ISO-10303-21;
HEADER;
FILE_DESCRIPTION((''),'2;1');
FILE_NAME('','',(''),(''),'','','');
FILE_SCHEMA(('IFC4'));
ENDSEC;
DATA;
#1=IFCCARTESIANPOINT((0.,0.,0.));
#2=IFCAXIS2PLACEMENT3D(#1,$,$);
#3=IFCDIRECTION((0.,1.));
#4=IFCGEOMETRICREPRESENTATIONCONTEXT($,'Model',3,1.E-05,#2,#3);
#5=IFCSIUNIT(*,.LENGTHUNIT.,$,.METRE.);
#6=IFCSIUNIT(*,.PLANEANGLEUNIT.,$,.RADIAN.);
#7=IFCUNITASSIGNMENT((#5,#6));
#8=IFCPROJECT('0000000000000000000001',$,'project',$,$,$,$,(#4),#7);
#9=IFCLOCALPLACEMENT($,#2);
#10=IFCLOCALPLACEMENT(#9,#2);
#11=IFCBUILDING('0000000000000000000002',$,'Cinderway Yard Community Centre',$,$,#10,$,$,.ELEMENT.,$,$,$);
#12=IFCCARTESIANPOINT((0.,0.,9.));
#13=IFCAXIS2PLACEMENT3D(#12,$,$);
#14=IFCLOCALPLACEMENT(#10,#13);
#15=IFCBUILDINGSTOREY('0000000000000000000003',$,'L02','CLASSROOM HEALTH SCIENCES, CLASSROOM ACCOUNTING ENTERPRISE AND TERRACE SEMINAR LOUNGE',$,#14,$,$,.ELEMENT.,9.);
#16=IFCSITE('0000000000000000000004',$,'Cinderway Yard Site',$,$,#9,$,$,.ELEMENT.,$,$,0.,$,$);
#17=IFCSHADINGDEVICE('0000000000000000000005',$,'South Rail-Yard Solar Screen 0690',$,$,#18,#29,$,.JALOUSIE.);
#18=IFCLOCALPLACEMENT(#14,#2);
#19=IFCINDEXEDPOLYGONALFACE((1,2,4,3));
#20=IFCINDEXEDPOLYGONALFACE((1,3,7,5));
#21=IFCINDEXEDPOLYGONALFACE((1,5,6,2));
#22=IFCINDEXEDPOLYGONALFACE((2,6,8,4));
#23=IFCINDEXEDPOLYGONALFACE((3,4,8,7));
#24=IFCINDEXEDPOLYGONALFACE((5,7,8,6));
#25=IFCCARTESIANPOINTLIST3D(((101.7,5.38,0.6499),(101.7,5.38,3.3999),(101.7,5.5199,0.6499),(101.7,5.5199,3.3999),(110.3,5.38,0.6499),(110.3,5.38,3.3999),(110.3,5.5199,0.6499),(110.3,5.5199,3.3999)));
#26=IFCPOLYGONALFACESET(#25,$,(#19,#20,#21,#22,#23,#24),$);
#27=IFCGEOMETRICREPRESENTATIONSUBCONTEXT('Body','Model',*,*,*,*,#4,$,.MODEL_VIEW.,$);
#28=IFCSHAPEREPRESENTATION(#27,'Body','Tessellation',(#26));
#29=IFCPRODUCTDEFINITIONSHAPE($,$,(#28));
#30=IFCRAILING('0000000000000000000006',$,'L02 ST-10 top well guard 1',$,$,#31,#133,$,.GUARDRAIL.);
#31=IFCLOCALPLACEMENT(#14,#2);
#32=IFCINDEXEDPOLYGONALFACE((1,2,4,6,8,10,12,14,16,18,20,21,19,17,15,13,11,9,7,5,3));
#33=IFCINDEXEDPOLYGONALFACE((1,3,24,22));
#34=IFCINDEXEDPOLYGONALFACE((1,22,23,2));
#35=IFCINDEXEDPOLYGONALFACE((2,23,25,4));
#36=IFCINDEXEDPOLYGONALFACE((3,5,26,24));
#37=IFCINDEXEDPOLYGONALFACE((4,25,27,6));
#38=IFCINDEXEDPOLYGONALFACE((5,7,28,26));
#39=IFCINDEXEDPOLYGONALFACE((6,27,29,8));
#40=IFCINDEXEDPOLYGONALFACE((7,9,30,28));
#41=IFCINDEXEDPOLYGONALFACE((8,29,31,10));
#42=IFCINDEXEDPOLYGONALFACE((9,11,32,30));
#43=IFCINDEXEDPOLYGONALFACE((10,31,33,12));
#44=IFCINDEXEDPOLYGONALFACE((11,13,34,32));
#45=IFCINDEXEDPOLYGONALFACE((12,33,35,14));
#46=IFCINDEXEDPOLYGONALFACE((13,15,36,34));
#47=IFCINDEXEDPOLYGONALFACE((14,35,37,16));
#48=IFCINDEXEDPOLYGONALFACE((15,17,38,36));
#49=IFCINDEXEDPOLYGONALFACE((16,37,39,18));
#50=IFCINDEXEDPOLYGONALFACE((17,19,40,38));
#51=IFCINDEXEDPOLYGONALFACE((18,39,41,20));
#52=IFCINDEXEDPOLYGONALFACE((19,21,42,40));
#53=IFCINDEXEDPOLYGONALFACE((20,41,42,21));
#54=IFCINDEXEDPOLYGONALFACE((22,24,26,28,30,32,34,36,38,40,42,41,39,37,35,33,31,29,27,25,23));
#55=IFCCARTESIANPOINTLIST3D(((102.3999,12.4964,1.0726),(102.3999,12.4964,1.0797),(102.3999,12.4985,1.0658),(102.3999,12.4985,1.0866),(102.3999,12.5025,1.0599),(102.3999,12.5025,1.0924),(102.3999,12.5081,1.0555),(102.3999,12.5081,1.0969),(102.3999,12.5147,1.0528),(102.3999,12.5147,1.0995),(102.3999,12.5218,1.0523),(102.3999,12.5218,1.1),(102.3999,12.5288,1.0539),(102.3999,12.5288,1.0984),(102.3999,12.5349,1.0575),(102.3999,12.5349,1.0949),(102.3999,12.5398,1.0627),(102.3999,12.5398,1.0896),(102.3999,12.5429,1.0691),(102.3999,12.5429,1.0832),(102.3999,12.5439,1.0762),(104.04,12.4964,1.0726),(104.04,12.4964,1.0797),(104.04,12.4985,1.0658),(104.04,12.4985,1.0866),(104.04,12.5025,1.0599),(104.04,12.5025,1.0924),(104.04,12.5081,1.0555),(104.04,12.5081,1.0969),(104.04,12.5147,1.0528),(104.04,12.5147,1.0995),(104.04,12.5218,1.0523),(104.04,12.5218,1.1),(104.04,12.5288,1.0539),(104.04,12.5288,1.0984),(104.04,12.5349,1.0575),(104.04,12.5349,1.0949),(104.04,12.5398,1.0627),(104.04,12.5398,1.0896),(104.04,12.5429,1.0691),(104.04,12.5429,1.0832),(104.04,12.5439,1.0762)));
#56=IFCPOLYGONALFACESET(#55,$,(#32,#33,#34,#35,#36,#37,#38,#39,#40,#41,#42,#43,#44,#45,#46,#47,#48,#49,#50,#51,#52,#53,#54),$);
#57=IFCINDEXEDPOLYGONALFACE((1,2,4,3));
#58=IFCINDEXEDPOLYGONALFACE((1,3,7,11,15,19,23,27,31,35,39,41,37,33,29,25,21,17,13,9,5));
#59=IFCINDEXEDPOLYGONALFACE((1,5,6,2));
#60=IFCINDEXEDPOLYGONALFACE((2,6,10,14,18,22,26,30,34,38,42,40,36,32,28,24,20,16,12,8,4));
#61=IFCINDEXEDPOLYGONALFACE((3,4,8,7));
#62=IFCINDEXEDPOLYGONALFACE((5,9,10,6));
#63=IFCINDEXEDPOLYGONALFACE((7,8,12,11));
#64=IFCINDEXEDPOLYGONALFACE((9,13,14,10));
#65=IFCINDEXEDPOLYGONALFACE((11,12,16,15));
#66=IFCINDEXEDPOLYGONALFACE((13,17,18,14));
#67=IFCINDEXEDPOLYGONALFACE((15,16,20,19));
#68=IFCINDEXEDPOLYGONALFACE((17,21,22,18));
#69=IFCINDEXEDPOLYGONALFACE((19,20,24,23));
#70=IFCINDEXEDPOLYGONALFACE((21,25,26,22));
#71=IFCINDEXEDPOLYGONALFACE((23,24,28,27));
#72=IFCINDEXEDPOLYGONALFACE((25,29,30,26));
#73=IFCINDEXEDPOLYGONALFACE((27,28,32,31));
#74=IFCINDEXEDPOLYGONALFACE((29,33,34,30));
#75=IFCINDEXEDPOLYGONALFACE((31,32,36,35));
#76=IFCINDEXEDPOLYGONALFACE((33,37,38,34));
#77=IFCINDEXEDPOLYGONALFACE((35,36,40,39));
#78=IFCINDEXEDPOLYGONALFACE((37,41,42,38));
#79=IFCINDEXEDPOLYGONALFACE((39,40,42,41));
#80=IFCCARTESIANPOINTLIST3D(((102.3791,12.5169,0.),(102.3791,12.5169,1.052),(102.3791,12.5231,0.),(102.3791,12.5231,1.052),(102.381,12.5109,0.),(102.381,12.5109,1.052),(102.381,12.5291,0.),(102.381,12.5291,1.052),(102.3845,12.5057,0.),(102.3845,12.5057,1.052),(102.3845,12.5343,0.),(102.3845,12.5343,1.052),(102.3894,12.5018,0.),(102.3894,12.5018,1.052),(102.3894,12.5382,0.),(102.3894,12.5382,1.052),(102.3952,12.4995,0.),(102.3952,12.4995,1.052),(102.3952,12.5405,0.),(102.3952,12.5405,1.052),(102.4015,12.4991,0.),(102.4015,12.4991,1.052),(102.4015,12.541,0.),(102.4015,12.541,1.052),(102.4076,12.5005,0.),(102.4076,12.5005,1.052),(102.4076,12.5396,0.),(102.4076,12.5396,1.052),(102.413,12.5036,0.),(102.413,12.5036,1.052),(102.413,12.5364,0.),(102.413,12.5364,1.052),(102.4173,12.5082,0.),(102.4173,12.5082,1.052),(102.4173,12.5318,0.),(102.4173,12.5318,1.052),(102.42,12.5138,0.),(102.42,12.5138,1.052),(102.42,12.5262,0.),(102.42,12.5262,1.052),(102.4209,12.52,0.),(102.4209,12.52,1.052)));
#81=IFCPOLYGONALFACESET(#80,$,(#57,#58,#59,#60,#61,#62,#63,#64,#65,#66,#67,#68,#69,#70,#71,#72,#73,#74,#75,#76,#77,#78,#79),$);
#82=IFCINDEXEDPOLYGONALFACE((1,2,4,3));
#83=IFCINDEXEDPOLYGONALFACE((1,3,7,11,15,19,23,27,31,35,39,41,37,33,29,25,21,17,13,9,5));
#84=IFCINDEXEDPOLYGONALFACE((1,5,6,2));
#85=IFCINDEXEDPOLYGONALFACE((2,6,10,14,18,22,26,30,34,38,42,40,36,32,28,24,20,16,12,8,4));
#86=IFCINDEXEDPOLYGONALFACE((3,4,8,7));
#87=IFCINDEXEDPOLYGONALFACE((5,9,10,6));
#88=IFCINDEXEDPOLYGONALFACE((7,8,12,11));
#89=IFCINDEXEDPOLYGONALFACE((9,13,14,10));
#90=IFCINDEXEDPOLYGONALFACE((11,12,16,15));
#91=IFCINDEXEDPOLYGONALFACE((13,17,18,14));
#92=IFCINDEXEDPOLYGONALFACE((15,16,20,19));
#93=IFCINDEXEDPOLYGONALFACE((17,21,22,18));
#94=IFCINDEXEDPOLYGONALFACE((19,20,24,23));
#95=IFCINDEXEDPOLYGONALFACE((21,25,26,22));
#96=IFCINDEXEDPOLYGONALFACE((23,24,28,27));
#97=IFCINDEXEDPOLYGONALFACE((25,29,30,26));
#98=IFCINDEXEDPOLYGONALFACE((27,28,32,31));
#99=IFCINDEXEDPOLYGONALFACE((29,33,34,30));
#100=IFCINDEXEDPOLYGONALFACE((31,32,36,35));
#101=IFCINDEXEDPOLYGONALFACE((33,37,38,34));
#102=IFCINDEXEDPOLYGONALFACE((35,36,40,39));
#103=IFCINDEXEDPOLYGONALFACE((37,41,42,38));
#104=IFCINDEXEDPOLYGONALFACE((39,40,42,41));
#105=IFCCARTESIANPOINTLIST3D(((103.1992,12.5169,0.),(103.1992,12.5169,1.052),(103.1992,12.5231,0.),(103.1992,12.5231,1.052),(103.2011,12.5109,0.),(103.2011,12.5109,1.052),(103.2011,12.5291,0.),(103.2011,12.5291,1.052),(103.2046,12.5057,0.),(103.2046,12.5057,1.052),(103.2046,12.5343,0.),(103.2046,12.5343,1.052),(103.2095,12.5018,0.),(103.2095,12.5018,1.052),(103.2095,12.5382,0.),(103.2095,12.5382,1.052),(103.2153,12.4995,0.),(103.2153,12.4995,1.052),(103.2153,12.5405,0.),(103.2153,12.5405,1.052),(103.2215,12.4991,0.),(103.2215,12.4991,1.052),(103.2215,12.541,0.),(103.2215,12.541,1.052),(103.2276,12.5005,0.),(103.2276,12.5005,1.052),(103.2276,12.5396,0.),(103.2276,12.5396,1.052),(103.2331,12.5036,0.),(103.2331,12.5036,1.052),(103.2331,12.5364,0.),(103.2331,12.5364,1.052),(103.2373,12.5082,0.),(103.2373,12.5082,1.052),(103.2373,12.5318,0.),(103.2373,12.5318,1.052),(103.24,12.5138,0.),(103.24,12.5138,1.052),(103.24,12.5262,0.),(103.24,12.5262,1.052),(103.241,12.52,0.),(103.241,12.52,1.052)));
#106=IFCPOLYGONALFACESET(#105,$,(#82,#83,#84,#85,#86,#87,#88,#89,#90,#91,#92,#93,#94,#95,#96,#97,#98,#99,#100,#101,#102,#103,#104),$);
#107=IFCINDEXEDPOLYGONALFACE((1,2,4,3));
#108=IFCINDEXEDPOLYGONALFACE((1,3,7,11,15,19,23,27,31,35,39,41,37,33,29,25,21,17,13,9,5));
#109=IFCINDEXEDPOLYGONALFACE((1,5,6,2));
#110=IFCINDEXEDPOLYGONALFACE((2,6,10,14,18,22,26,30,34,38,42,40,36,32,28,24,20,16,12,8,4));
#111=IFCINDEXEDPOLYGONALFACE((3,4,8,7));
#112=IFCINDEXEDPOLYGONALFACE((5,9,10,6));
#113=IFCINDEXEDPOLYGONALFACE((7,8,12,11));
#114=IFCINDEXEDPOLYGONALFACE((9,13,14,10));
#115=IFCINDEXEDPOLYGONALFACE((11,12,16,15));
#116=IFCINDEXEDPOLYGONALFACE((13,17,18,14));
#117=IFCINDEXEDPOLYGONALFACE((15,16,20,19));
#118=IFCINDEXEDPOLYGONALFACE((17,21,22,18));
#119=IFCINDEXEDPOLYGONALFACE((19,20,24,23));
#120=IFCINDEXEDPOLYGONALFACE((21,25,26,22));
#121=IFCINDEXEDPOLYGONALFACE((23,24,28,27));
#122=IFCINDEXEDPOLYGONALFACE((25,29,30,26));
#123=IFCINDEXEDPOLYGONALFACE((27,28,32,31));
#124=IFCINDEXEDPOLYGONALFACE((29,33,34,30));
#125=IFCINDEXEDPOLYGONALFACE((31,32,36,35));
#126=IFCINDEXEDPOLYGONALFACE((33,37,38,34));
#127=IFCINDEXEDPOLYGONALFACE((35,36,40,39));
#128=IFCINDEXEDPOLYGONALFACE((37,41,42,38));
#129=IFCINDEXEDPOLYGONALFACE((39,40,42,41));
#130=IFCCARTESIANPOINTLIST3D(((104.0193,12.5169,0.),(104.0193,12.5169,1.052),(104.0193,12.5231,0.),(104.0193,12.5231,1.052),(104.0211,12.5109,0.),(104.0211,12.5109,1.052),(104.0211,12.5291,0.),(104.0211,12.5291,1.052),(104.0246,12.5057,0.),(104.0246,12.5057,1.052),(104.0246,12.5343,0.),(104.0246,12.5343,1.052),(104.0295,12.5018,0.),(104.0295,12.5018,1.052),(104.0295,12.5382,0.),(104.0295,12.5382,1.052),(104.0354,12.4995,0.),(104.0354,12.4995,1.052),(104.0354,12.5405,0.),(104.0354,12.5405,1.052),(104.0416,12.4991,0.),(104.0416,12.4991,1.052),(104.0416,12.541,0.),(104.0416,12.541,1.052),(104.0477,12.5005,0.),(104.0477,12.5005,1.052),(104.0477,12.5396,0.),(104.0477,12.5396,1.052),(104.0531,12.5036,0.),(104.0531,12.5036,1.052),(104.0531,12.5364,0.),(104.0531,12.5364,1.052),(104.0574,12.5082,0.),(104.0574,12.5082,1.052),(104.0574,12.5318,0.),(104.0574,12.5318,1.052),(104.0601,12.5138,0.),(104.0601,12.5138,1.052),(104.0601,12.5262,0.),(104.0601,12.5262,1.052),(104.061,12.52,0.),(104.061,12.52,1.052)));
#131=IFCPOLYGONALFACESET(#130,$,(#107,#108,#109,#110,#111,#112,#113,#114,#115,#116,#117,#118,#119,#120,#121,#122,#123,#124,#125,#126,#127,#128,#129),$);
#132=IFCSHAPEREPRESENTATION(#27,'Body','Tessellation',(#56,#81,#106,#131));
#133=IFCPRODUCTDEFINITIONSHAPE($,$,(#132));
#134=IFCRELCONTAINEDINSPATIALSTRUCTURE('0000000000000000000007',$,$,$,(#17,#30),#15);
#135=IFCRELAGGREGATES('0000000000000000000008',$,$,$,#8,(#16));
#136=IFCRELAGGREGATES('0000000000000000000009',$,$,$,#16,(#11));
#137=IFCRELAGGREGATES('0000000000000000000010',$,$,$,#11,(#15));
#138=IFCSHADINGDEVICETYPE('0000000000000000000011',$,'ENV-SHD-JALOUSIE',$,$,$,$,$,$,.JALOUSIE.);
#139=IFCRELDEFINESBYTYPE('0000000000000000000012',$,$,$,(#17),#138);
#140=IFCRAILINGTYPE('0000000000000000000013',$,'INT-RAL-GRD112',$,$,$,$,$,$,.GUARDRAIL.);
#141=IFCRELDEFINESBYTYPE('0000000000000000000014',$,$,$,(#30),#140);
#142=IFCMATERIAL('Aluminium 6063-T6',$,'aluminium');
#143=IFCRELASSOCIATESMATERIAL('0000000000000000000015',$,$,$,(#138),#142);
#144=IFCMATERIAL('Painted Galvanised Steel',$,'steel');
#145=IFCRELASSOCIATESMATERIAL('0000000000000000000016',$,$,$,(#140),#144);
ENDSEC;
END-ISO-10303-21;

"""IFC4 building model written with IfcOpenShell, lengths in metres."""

from ifc_helpers import new_model, si_unit, direction, frame, origin, origin_2d, place, context, subcontext, project, spatial, rectangle, circle, extrude, material, type_object, element, save


model = new_model("IFC4")

# Units and contexts
model_context = context("Model", 3, precision=1e-05, world=origin(), true_north=direction((0.0, 1.0)))
body_context = subcontext(model_context, "Body", "Model", "MODEL_VIEW")
ifc_project = project(units=[si_unit("LENGTHUNIT", "METRE"), si_unit("PLANEANGLEUNIT", "RADIAN")], contexts=[model_context])

# Site, building, storey
site_placement = place(None, origin())
site = spatial("IfcSite", under=ifc_project, at=site_placement, Name="Cinderway Yard Site", CompositionType="ELEMENT", RefElevation=0.0)
building_placement = place(site_placement, origin())
building = spatial("IfcBuilding", under=site, at=building_placement, Name="Cinderway Yard Community Centre", CompositionType="ELEMENT")
storey_placement = place(building_placement, frame((0.0, 0.0, 9.0)))
storey = spatial("IfcBuildingStorey", under=building, at=storey_placement, Name="L02", Description="CLASSROOM HEALTH SCIENCES, CLASSROOM ACCOUNTING ENTERPRISE AND TERRACE SEMINAR LOUNGE", CompositionType="ELEMENT", Elevation=9.0)

# Shared definitions
ifc_material_1 = material(Name="Aluminium 6063-T6", Category="aluminium")

# Shared definitions
ifc_material_2 = material(Name="Painted Galvanised Steel", Category="steel")

# Shading device
shading_device_type = type_object("IfcShadingDeviceType", Name="ENV-SHD-JALOUSIE", PredefinedType="JALOUSIE", material=ifc_material_1)
shading_device_placement = place(storey_placement, frame((106.0, 5.45, 0.6499), z_axis=(0.0, 0.0, 1.0), x_axis=(-1.0, 0.0, 0.0)))
element("IfcShadingDevice", 1, at=shading_device_placement, inside=storey, type_object=shading_device_type, Name="South Rail-Yard Solar Screen 0690", PredefinedType="JALOUSIE", context=body_context, shape_type="SweptSolid", body=[
    extrude(rectangle(XDim=8.6001, YDim=0.1399, at=origin_2d()), origin(), (0.0, 0.0, 1.0), 2.75),
])

# Railing
railing_type = type_object("IfcRailingType", Name="INT-RAL-GRD112", PredefinedType="GUARDRAIL", material=ifc_material_2)
railing_1_placement = place(storey_placement, frame((102.3999, 12.52, 0.0)))
element("IfcRailing", 2, at=railing_1_placement, inside=storey, type_object=railing_type, Name="L02 ST-10 top well guard 1", PredefinedType="GUARDRAIL", context=body_context, shape_type="SweptSolid", body=[
    extrude(circle(Radius=0.0239, at=origin_2d()), frame((0.0, 0.0, 1.0762), z_axis=(1.0, 0.0, 0.0), x_axis=(0.0, 1.0, 0.0)), (0.0, 0.0, 1.0), 1.6401),
    extrude(circle(Radius=0.021, at=origin_2d()), origin(), (0.0, 0.0, 1.0), 1.052),
    extrude(circle(Radius=0.021, at=origin_2d()), frame((0.8201, 0.0, 0.0)), (0.0, 0.0, 1.0), 1.052),
    extrude(circle(Radius=0.021, at=origin_2d()), frame((1.6401, 0.0, 0.0)), (0.0, 0.0, 1.0), 1.052),
])

save(model, "model.ifc")
